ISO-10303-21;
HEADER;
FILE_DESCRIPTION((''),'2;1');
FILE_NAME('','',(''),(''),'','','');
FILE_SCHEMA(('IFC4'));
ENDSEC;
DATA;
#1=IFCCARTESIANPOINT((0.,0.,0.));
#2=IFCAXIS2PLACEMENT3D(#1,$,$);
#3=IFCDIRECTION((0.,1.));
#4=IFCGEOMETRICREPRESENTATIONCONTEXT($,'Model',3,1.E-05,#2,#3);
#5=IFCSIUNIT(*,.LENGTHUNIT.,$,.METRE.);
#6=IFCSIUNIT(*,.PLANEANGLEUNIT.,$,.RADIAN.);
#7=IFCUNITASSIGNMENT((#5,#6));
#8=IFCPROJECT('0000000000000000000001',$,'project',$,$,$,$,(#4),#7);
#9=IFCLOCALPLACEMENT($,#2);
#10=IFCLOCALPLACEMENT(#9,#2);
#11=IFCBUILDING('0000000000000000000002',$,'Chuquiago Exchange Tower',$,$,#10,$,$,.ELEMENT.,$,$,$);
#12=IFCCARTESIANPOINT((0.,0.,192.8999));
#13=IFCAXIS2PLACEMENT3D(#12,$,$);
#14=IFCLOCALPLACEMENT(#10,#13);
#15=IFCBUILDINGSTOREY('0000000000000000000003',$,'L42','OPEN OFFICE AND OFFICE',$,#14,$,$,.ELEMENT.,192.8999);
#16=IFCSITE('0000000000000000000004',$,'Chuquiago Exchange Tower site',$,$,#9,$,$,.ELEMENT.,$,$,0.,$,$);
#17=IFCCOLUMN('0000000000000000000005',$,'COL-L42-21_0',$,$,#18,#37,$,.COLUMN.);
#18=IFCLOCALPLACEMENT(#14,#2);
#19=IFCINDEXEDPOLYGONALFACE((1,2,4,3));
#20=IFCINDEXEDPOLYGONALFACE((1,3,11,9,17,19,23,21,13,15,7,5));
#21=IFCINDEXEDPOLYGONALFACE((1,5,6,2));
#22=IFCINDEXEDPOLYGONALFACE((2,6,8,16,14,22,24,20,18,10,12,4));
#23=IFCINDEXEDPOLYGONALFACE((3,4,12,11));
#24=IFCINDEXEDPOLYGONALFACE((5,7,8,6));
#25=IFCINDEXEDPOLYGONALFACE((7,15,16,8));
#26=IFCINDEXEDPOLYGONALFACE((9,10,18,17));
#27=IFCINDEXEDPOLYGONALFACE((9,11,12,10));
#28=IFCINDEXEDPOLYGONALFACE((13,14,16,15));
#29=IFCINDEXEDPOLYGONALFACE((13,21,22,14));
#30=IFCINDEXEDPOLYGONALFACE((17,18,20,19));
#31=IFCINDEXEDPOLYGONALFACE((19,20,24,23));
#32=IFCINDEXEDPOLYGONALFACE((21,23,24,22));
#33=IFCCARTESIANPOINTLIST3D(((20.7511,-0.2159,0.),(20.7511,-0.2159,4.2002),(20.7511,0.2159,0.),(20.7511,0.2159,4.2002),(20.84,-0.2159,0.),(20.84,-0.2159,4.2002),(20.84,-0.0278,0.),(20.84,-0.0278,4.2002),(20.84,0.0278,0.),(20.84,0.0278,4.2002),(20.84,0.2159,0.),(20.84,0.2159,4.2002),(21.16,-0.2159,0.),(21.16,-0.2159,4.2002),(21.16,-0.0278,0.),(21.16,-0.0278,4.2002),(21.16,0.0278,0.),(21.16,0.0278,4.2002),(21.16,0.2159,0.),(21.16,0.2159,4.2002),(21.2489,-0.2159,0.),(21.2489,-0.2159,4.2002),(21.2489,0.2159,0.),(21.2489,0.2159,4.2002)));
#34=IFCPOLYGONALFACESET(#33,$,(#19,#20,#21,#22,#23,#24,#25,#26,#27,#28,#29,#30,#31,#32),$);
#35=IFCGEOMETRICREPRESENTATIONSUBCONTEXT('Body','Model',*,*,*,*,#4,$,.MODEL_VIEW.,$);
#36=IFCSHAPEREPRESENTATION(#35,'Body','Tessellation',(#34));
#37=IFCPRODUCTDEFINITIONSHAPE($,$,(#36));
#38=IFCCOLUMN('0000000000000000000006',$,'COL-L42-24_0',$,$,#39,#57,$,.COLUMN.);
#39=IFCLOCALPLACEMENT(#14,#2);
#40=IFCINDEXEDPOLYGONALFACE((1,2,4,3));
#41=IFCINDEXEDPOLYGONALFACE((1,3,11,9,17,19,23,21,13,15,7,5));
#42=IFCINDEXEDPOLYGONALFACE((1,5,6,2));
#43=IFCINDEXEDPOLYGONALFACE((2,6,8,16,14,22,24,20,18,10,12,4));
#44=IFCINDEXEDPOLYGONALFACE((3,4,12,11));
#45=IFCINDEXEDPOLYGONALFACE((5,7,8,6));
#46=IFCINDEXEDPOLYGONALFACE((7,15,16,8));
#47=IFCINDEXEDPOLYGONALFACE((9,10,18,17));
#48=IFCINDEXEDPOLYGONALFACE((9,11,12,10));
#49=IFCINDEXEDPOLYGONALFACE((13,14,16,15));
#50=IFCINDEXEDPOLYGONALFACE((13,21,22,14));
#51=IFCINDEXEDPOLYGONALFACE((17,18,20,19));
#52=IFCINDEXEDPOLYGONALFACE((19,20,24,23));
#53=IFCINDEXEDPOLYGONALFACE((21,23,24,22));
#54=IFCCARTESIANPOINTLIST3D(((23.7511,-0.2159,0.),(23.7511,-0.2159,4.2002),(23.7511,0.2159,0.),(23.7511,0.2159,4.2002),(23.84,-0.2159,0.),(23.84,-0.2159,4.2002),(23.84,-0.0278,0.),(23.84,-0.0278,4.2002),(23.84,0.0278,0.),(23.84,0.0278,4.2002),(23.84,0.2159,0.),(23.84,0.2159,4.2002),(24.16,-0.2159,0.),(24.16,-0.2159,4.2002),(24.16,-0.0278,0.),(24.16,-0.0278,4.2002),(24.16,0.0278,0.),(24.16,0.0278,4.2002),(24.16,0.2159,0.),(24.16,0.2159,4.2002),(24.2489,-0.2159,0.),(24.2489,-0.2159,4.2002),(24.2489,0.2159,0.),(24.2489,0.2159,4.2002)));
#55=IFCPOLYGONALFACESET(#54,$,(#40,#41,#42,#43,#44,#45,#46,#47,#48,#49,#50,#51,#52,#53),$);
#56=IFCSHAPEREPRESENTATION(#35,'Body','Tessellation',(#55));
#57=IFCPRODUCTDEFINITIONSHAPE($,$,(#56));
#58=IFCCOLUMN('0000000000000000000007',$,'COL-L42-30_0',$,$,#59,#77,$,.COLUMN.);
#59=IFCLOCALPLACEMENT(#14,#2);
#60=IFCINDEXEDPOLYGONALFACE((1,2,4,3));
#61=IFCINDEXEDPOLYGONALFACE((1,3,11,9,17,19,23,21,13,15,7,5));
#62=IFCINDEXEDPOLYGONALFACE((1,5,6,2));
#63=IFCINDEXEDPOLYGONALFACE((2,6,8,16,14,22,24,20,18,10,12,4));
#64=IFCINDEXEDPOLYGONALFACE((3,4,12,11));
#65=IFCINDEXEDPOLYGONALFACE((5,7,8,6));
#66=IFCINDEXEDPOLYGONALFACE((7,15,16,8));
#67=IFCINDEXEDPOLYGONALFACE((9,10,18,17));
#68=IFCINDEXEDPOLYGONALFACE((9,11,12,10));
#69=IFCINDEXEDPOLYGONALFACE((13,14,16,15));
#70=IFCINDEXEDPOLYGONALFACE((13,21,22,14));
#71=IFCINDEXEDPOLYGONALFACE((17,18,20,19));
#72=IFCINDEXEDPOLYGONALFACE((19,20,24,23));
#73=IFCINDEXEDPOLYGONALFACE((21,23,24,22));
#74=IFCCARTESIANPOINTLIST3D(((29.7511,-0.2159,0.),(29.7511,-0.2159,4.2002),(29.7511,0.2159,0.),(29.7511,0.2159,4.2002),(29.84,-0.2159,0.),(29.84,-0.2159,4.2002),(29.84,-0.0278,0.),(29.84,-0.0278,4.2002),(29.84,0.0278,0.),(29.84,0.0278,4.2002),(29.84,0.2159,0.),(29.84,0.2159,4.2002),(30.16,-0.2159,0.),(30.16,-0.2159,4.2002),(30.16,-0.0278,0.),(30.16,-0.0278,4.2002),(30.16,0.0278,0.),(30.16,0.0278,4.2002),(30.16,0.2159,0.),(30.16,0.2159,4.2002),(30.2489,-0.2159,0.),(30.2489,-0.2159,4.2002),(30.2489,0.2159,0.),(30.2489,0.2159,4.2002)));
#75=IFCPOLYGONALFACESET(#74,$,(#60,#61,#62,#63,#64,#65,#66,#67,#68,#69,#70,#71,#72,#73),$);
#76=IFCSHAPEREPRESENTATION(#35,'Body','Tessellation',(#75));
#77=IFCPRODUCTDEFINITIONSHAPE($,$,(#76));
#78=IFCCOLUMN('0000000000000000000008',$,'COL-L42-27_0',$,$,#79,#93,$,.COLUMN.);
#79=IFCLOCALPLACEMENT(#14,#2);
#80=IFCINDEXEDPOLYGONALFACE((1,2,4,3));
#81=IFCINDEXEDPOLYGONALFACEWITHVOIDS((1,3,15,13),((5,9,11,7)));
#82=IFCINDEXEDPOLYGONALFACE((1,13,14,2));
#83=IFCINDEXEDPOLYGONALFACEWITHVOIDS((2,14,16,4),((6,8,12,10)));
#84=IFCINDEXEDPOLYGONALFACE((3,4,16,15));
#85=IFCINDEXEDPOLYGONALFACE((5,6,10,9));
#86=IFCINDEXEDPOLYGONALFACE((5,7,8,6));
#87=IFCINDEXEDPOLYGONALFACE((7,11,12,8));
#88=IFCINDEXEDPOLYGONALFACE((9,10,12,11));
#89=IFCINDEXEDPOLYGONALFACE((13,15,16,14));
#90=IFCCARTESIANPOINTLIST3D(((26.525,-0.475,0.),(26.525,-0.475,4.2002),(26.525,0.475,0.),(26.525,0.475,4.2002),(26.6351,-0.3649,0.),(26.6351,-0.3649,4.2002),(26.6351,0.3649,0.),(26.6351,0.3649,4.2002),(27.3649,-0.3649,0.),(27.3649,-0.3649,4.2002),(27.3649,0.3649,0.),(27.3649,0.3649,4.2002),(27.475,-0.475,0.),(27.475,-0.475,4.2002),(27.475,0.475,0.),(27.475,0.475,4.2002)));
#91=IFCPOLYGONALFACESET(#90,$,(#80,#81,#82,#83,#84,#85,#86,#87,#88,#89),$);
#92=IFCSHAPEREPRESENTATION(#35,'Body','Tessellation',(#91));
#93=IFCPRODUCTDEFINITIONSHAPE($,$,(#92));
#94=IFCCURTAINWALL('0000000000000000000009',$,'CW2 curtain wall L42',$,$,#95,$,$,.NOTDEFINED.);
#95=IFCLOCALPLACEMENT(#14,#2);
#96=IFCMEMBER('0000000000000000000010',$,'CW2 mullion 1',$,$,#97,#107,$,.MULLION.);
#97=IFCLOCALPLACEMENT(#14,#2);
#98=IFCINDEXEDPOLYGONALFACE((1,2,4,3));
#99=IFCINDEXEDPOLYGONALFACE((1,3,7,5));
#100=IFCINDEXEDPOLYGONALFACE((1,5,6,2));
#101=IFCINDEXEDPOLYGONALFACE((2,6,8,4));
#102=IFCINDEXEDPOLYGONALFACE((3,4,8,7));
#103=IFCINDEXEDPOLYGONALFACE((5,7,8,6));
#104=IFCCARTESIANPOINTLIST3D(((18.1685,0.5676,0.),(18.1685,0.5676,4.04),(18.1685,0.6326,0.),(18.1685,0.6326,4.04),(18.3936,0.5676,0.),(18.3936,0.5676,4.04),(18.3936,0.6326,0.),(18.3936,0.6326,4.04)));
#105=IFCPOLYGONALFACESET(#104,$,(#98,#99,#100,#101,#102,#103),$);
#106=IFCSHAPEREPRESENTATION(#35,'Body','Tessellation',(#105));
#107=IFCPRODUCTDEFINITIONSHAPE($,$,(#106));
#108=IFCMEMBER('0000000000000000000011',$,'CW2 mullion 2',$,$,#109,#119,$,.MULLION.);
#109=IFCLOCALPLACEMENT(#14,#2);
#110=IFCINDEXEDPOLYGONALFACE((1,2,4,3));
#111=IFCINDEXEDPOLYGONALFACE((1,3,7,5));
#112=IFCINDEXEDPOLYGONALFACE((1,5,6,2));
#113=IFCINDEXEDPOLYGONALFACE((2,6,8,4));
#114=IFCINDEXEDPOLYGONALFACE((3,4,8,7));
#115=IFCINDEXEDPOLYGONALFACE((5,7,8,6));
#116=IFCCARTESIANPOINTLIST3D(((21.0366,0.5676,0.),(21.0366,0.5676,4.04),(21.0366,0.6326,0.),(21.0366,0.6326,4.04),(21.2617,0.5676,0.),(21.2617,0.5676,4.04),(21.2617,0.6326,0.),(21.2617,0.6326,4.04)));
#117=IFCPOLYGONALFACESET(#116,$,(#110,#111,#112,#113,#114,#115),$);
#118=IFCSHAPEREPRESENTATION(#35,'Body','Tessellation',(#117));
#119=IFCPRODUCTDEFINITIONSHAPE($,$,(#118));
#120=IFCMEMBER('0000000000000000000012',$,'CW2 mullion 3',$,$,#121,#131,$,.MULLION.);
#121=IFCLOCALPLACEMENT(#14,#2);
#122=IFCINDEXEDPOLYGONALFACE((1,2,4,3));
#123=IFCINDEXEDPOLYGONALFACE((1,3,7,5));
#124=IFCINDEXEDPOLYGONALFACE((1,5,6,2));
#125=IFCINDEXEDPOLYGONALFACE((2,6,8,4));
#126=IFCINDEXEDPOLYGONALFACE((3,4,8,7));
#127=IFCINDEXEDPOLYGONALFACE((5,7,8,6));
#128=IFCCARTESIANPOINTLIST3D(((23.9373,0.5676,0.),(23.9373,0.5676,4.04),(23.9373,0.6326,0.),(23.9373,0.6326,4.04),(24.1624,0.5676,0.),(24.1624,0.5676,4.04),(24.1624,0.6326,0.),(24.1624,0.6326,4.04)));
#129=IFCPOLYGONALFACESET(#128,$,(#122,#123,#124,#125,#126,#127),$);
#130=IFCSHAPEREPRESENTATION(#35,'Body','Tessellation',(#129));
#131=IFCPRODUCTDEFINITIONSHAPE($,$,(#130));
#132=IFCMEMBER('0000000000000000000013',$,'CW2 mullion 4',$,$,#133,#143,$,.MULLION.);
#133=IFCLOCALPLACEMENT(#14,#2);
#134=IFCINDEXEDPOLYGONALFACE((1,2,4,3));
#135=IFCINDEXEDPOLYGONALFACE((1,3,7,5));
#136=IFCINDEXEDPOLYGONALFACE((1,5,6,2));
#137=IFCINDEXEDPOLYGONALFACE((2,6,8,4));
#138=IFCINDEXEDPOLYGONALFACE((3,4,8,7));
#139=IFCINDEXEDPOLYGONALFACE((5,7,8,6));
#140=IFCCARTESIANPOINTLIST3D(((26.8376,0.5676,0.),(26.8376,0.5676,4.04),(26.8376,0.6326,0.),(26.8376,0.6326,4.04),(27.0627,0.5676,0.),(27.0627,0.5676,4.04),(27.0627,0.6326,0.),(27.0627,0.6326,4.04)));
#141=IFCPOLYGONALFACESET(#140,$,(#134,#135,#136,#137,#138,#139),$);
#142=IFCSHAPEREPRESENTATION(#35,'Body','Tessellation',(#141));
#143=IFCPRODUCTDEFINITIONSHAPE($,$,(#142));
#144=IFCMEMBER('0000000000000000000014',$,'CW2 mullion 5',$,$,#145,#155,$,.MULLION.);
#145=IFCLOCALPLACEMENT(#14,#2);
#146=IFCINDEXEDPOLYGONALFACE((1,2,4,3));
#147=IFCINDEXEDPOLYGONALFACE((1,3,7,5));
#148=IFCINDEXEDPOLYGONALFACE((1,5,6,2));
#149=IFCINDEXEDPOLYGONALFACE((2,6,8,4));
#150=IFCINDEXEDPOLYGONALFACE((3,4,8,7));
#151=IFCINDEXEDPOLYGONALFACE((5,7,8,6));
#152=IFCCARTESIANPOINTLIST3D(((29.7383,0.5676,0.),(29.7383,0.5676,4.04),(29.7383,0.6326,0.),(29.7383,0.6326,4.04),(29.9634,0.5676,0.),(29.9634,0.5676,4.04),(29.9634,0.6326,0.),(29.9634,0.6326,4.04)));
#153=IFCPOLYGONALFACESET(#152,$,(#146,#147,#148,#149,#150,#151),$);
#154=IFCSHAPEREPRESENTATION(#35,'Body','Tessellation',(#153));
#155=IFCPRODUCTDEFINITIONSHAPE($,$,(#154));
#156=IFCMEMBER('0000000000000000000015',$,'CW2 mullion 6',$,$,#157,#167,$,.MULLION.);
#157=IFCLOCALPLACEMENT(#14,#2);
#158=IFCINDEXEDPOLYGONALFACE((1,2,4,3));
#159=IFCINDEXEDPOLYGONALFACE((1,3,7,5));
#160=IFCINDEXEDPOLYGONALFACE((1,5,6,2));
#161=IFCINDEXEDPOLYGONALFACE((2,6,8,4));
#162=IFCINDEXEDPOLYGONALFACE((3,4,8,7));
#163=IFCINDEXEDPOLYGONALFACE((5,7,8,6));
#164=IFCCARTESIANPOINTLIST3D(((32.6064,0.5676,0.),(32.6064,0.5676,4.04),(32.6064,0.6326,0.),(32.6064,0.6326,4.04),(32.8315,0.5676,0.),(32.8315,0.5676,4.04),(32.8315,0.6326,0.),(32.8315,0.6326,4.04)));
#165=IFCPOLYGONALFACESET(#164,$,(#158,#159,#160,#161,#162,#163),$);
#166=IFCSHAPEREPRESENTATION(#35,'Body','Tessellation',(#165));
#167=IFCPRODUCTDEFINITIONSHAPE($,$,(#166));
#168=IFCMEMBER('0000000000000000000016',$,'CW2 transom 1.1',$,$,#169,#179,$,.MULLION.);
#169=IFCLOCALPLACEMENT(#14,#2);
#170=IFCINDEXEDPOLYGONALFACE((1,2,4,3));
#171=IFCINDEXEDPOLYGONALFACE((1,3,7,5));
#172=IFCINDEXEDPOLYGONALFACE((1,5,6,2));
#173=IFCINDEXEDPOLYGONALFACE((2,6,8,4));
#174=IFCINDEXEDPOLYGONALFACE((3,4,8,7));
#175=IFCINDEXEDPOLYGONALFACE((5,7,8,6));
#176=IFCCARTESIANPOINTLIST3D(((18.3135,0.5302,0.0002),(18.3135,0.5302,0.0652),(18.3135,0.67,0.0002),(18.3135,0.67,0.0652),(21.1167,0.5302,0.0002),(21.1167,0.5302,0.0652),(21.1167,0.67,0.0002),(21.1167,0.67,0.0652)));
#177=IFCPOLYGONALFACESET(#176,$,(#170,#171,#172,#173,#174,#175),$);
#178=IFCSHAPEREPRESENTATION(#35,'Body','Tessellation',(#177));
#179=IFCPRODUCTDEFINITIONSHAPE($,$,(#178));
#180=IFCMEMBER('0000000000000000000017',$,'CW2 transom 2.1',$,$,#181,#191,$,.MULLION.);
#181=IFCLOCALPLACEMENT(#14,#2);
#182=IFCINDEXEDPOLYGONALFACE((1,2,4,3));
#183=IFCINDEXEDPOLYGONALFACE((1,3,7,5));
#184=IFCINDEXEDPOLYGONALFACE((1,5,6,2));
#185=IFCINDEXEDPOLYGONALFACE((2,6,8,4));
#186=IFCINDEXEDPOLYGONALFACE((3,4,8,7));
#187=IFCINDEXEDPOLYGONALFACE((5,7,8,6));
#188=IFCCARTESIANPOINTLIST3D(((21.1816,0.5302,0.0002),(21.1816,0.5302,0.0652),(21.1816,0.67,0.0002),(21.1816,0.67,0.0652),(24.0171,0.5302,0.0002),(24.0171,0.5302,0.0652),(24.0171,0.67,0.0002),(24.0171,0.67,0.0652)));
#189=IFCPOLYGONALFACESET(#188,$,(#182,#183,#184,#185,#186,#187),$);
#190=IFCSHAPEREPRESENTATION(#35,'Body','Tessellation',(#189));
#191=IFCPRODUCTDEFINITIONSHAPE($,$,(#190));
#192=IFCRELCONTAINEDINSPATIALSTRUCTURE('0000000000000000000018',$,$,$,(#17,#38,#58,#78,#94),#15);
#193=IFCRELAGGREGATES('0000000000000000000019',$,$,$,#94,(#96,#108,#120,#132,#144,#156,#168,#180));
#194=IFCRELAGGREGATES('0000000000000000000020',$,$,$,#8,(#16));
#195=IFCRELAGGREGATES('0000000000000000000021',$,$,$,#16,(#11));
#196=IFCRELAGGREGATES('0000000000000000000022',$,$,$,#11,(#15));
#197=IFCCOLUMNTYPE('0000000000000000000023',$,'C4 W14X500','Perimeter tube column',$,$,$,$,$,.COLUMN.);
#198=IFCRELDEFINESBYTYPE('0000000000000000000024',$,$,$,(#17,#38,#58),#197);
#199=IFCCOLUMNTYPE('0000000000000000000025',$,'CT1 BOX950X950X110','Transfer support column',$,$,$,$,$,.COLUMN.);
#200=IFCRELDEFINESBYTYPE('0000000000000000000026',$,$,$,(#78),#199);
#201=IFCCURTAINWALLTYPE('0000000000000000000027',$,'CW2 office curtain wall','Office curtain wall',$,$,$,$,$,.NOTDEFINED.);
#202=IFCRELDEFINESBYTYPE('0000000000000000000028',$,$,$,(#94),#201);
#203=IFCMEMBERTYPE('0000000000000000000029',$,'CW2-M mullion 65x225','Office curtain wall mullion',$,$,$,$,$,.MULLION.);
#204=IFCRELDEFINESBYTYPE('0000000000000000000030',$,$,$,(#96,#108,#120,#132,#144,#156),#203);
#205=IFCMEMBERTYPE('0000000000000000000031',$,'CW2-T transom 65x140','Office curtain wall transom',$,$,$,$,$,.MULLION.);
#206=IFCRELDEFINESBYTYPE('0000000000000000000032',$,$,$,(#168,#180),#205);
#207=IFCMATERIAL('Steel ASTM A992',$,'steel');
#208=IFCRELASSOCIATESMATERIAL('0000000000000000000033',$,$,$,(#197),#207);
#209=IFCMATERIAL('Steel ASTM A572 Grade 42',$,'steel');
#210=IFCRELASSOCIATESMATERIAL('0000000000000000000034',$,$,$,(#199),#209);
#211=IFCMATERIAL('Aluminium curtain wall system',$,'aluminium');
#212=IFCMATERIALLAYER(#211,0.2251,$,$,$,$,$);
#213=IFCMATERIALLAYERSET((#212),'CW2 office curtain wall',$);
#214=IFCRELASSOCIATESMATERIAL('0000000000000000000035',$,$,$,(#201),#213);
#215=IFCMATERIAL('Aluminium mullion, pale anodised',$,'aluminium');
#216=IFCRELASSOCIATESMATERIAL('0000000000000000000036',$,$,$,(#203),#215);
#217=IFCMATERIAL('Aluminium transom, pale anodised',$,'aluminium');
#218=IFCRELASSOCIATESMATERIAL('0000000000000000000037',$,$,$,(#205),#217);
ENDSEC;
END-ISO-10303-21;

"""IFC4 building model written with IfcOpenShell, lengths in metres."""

from ifc_helpers import new_model, si_unit, direction, frame, origin, origin_2d, place, context, subcontext, project, spatial, rectangle, hollow_rectangle, i_section, extrude, material, layer, layer_set, material_profile, profile_set, type_object, element, aggregate, save


model = new_model("IFC4")

# Units and contexts
model_context = context("Model", 3, precision=1e-05, world=origin(), true_north=direction((0.0, 1.0)))
body_context = subcontext(model_context, "Body", "Model", "MODEL_VIEW")
ifc_project = project(units=[si_unit("LENGTHUNIT", "METRE"), si_unit("PLANEANGLEUNIT", "RADIAN")], contexts=[model_context])

# Site, building, storey
site_placement = place(None, origin())
site = spatial("IfcSite", under=ifc_project, at=site_placement, Name="Chuquiago Exchange Tower site", CompositionType="ELEMENT", RefElevation=0.0)
building_placement = place(site_placement, origin())
building = spatial("IfcBuilding", under=site, at=building_placement, Name="Chuquiago Exchange Tower", CompositionType="ELEMENT")
storey_placement = place(building_placement, frame((0.0, 0.0, 192.8999)))
storey = spatial("IfcBuildingStorey", under=building, at=storey_placement, Name="L42", Description="OPEN OFFICE AND OFFICE", CompositionType="ELEMENT", Elevation=192.8999)

# Columns
ifc_material_1 = material(Name="Steel ASTM A992", Category="steel")
ifc_material_profile_1 = material_profile(ifc_material_1, i_section(OverallWidth=0.4319, OverallDepth=0.4978, WebThickness=0.0557, FlangeThickness=0.0889, at=origin_2d()), Name="W14X500")
ifc_profile_set_1 = profile_set([ifc_material_profile_1], Name="Steel ASTM A992")
column_type_1 = type_object("IfcColumnType", Name="C4 W14X500", Description="Perimeter tube column", PredefinedType="COLUMN", material=ifc_profile_set_1)
for number, where, z_axis, x_axis, name in (
    (1, (21.0, 0.0, 0.0), (0.0, 0.0, 1.0), (0.0, -1.0, 0.0), "COL-L42-21_0"),
    (2, (24.0, 0.0, 0.0), (0.0, 0.0, 1.0), (0.0, -1.0, 0.0), "COL-L42-24_0"),
    (3, (30.0, 0.0, 0.0), (0.0, 0.0, 1.0), (0.0, -1.0, 0.0), "COL-L42-30_0"),
):
    element("IfcColumn", number, at=place(storey_placement, frame(where, z_axis=z_axis, x_axis=x_axis)), inside=storey, type_object=column_type_1, Name=name, PredefinedType="COLUMN", context=body_context, shape_type="SweptSolid", body=[
        extrude(i_section(OverallWidth=0.4319, OverallDepth=0.4978, WebThickness=0.0557, FlangeThickness=0.0889, at=origin_2d()), origin(), (0.0, 0.0, 1.0), 4.2002),
    ])
ifc_material_2 = material(Name="Steel ASTM A572 Grade 42", Category="steel")
ifc_material_profile_2 = material_profile(ifc_material_2, hollow_rectangle(XDim=0.95, YDim=0.95, WallThickness=0.1101, at=origin_2d()), Name="BOX950X950X110")
ifc_profile_set_2 = profile_set([ifc_material_profile_2], Name="Steel ASTM A572 Grade 42")
column_type_2 = type_object("IfcColumnType", Name="CT1 BOX950X950X110", Description="Transfer support column", PredefinedType="COLUMN", material=ifc_profile_set_2)
column_placement = place(storey_placement, frame((27.0, 0.0, 0.0), z_axis=(0.0, 0.0, 1.0), x_axis=(0.0, -1.0, 0.0)))
element("IfcColumn", 4, at=column_placement, inside=storey, type_object=column_type_2, Name="COL-L42-27_0", PredefinedType="COLUMN", context=body_context, shape_type="SweptSolid", body=[
    extrude(hollow_rectangle(XDim=0.95, YDim=0.95, WallThickness=0.1101, at=origin_2d()), origin(), (0.0, 0.0, 1.0), 4.2002),
])

# Curtain wall, members
ifc_material_3 = material(Name="Aluminium curtain wall system", Category="aluminium")
ifc_layer_1 = layer(ifc_material_3, 0.2251)
ifc_layer_set_1 = layer_set([ifc_layer_1], Name="CW2 office curtain wall")
curtain_wall_type = type_object("IfcCurtainWallType", Name="CW2 office curtain wall", Description="Office curtain wall", PredefinedType="NOTDEFINED", material=ifc_layer_set_1)
curtain_wall_placement = place(storey_placement, origin())
curtain_wall = element("IfcCurtainWall", 5, at=curtain_wall_placement, inside=storey, type_object=curtain_wall_type, Name="CW2 curtain wall L42", PredefinedType="NOTDEFINED")
ifc_material_4 = material(Name="Aluminium mullion, pale anodised", Category="aluminium")
ifc_material_profile_3 = material_profile(ifc_material_4, rectangle(XDim=0.0649, YDim=0.2251, at=origin_2d()), Name="AL 65x225")
ifc_profile_set_3 = profile_set([ifc_material_profile_3], Name="Aluminium mullion, pale anodised")
member_type_1 = type_object("IfcMemberType", Name="CW2-M mullion 65x225", Description="Office curtain wall mullion", PredefinedType="MULLION", material=ifc_profile_set_3)
member_1_placement = place(storey_placement, frame((18.281, 0.6001, 0.0), z_axis=(0.0, 0.0, 1.0), x_axis=(0.0, 1.0, 0.0)))
member_1 = element("IfcMember", 6, at=member_1_placement, type_object=member_type_1, Name="CW2 mullion 1", PredefinedType="MULLION", context=body_context, shape_type="SweptSolid", body=[
    extrude(rectangle(XDim=0.0649, YDim=0.2251, at=origin_2d()), origin(), (0.0, 0.0, 1.0), 4.04),
])
member_2_placement = place(storey_placement, frame((21.1492, 0.6001, 0.0), z_axis=(0.0, 0.0, 1.0), x_axis=(0.0, 1.0, 0.0)))
member_2 = element("IfcMember", 7, at=member_2_placement, type_object=member_type_1, Name="CW2 mullion 2", PredefinedType="MULLION", context=body_context, shape_type="SweptSolid", body=[
    extrude(rectangle(XDim=0.0649, YDim=0.2251, at=origin_2d()), origin(), (0.0, 0.0, 1.0), 4.04),
])
member_3_placement = place(storey_placement, frame((24.0498, 0.6001, 0.0), z_axis=(0.0, 0.0, 1.0), x_axis=(0.0, 1.0, 0.0)))
member_3 = element("IfcMember", 8, at=member_3_placement, type_object=member_type_1, Name="CW2 mullion 3", PredefinedType="MULLION", context=body_context, shape_type="SweptSolid", body=[
    extrude(rectangle(XDim=0.0649, YDim=0.2251, at=origin_2d()), origin(), (0.0, 0.0, 1.0), 4.04),
])
member_4_placement = place(storey_placement, frame((26.9502, 0.6001, 0.0), z_axis=(0.0, 0.0, 1.0), x_axis=(0.0, 1.0, 0.0)))
member_4 = element("IfcMember", 9, at=member_4_placement, type_object=member_type_1, Name="CW2 mullion 4", PredefinedType="MULLION", context=body_context, shape_type="SweptSolid", body=[
    extrude(rectangle(XDim=0.0649, YDim=0.2251, at=origin_2d()), origin(), (0.0, 0.0, 1.0), 4.04),
])
member_5_placement = place(storey_placement, frame((29.8508, 0.6001, 0.0), z_axis=(0.0, 0.0, 1.0), x_axis=(0.0, 1.0, 0.0)))
member_5 = element("IfcMember", 10, at=member_5_placement, type_object=member_type_1, Name="CW2 mullion 5", PredefinedType="MULLION", context=body_context, shape_type="SweptSolid", body=[
    extrude(rectangle(XDim=0.0649, YDim=0.2251, at=origin_2d()), origin(), (0.0, 0.0, 1.0), 4.04),
])
member_6_placement = place(storey_placement, frame((32.719, 0.6001, 0.0), z_axis=(0.0, 0.0, 1.0), x_axis=(0.0, 1.0, 0.0)))
member_6 = element("IfcMember", 11, at=member_6_placement, type_object=member_type_1, Name="CW2 mullion 6", PredefinedType="MULLION", context=body_context, shape_type="SweptSolid", body=[
    extrude(rectangle(XDim=0.0649, YDim=0.2251, at=origin_2d()), origin(), (0.0, 0.0, 1.0), 4.04),
])
ifc_material_5 = material(Name="Aluminium transom, pale anodised", Category="aluminium")
ifc_material_profile_4 = material_profile(ifc_material_5, rectangle(XDim=0.1399, YDim=0.0649, at=origin_2d()), Name="AL 140x65")
ifc_profile_set_4 = profile_set([ifc_material_profile_4], Name="Aluminium transom, pale anodised")
member_type_2 = type_object("IfcMemberType", Name="CW2-T transom 65x140", Description="Office curtain wall transom", PredefinedType="MULLION", material=ifc_profile_set_4)
member_7_placement = place(storey_placement, frame((18.3135, 0.6001, 0.0327), z_axis=(1.0, 0.0, 0.0), x_axis=(0.0, 1.0, 0.0)))
member_7 = element("IfcMember", 12, at=member_7_placement, type_object=member_type_2, Name="CW2 transom 1.1", PredefinedType="MULLION", context=body_context, shape_type="SweptSolid", body=[
    extrude(rectangle(XDim=0.1399, YDim=0.0649, at=origin_2d()), origin(), (0.0, 0.0, 1.0), 2.8032),
])
member_8_placement = place(storey_placement, frame((21.1816, 0.6001, 0.0327), z_axis=(1.0, 0.0, 0.0), x_axis=(0.0, 1.0, 0.0)))
member_8 = element("IfcMember", 13, at=member_8_placement, type_object=member_type_2, Name="CW2 transom 2.1", PredefinedType="MULLION", context=body_context, shape_type="SweptSolid", body=[
    extrude(rectangle(XDim=0.1399, YDim=0.0649, at=origin_2d()), origin(), (0.0, 0.0, 1.0), 2.8354),
])

aggregate(curtain_wall, [member_1, member_2, member_3, member_4, member_5, member_6, member_7, member_8])

save(model, "model.ifc")
